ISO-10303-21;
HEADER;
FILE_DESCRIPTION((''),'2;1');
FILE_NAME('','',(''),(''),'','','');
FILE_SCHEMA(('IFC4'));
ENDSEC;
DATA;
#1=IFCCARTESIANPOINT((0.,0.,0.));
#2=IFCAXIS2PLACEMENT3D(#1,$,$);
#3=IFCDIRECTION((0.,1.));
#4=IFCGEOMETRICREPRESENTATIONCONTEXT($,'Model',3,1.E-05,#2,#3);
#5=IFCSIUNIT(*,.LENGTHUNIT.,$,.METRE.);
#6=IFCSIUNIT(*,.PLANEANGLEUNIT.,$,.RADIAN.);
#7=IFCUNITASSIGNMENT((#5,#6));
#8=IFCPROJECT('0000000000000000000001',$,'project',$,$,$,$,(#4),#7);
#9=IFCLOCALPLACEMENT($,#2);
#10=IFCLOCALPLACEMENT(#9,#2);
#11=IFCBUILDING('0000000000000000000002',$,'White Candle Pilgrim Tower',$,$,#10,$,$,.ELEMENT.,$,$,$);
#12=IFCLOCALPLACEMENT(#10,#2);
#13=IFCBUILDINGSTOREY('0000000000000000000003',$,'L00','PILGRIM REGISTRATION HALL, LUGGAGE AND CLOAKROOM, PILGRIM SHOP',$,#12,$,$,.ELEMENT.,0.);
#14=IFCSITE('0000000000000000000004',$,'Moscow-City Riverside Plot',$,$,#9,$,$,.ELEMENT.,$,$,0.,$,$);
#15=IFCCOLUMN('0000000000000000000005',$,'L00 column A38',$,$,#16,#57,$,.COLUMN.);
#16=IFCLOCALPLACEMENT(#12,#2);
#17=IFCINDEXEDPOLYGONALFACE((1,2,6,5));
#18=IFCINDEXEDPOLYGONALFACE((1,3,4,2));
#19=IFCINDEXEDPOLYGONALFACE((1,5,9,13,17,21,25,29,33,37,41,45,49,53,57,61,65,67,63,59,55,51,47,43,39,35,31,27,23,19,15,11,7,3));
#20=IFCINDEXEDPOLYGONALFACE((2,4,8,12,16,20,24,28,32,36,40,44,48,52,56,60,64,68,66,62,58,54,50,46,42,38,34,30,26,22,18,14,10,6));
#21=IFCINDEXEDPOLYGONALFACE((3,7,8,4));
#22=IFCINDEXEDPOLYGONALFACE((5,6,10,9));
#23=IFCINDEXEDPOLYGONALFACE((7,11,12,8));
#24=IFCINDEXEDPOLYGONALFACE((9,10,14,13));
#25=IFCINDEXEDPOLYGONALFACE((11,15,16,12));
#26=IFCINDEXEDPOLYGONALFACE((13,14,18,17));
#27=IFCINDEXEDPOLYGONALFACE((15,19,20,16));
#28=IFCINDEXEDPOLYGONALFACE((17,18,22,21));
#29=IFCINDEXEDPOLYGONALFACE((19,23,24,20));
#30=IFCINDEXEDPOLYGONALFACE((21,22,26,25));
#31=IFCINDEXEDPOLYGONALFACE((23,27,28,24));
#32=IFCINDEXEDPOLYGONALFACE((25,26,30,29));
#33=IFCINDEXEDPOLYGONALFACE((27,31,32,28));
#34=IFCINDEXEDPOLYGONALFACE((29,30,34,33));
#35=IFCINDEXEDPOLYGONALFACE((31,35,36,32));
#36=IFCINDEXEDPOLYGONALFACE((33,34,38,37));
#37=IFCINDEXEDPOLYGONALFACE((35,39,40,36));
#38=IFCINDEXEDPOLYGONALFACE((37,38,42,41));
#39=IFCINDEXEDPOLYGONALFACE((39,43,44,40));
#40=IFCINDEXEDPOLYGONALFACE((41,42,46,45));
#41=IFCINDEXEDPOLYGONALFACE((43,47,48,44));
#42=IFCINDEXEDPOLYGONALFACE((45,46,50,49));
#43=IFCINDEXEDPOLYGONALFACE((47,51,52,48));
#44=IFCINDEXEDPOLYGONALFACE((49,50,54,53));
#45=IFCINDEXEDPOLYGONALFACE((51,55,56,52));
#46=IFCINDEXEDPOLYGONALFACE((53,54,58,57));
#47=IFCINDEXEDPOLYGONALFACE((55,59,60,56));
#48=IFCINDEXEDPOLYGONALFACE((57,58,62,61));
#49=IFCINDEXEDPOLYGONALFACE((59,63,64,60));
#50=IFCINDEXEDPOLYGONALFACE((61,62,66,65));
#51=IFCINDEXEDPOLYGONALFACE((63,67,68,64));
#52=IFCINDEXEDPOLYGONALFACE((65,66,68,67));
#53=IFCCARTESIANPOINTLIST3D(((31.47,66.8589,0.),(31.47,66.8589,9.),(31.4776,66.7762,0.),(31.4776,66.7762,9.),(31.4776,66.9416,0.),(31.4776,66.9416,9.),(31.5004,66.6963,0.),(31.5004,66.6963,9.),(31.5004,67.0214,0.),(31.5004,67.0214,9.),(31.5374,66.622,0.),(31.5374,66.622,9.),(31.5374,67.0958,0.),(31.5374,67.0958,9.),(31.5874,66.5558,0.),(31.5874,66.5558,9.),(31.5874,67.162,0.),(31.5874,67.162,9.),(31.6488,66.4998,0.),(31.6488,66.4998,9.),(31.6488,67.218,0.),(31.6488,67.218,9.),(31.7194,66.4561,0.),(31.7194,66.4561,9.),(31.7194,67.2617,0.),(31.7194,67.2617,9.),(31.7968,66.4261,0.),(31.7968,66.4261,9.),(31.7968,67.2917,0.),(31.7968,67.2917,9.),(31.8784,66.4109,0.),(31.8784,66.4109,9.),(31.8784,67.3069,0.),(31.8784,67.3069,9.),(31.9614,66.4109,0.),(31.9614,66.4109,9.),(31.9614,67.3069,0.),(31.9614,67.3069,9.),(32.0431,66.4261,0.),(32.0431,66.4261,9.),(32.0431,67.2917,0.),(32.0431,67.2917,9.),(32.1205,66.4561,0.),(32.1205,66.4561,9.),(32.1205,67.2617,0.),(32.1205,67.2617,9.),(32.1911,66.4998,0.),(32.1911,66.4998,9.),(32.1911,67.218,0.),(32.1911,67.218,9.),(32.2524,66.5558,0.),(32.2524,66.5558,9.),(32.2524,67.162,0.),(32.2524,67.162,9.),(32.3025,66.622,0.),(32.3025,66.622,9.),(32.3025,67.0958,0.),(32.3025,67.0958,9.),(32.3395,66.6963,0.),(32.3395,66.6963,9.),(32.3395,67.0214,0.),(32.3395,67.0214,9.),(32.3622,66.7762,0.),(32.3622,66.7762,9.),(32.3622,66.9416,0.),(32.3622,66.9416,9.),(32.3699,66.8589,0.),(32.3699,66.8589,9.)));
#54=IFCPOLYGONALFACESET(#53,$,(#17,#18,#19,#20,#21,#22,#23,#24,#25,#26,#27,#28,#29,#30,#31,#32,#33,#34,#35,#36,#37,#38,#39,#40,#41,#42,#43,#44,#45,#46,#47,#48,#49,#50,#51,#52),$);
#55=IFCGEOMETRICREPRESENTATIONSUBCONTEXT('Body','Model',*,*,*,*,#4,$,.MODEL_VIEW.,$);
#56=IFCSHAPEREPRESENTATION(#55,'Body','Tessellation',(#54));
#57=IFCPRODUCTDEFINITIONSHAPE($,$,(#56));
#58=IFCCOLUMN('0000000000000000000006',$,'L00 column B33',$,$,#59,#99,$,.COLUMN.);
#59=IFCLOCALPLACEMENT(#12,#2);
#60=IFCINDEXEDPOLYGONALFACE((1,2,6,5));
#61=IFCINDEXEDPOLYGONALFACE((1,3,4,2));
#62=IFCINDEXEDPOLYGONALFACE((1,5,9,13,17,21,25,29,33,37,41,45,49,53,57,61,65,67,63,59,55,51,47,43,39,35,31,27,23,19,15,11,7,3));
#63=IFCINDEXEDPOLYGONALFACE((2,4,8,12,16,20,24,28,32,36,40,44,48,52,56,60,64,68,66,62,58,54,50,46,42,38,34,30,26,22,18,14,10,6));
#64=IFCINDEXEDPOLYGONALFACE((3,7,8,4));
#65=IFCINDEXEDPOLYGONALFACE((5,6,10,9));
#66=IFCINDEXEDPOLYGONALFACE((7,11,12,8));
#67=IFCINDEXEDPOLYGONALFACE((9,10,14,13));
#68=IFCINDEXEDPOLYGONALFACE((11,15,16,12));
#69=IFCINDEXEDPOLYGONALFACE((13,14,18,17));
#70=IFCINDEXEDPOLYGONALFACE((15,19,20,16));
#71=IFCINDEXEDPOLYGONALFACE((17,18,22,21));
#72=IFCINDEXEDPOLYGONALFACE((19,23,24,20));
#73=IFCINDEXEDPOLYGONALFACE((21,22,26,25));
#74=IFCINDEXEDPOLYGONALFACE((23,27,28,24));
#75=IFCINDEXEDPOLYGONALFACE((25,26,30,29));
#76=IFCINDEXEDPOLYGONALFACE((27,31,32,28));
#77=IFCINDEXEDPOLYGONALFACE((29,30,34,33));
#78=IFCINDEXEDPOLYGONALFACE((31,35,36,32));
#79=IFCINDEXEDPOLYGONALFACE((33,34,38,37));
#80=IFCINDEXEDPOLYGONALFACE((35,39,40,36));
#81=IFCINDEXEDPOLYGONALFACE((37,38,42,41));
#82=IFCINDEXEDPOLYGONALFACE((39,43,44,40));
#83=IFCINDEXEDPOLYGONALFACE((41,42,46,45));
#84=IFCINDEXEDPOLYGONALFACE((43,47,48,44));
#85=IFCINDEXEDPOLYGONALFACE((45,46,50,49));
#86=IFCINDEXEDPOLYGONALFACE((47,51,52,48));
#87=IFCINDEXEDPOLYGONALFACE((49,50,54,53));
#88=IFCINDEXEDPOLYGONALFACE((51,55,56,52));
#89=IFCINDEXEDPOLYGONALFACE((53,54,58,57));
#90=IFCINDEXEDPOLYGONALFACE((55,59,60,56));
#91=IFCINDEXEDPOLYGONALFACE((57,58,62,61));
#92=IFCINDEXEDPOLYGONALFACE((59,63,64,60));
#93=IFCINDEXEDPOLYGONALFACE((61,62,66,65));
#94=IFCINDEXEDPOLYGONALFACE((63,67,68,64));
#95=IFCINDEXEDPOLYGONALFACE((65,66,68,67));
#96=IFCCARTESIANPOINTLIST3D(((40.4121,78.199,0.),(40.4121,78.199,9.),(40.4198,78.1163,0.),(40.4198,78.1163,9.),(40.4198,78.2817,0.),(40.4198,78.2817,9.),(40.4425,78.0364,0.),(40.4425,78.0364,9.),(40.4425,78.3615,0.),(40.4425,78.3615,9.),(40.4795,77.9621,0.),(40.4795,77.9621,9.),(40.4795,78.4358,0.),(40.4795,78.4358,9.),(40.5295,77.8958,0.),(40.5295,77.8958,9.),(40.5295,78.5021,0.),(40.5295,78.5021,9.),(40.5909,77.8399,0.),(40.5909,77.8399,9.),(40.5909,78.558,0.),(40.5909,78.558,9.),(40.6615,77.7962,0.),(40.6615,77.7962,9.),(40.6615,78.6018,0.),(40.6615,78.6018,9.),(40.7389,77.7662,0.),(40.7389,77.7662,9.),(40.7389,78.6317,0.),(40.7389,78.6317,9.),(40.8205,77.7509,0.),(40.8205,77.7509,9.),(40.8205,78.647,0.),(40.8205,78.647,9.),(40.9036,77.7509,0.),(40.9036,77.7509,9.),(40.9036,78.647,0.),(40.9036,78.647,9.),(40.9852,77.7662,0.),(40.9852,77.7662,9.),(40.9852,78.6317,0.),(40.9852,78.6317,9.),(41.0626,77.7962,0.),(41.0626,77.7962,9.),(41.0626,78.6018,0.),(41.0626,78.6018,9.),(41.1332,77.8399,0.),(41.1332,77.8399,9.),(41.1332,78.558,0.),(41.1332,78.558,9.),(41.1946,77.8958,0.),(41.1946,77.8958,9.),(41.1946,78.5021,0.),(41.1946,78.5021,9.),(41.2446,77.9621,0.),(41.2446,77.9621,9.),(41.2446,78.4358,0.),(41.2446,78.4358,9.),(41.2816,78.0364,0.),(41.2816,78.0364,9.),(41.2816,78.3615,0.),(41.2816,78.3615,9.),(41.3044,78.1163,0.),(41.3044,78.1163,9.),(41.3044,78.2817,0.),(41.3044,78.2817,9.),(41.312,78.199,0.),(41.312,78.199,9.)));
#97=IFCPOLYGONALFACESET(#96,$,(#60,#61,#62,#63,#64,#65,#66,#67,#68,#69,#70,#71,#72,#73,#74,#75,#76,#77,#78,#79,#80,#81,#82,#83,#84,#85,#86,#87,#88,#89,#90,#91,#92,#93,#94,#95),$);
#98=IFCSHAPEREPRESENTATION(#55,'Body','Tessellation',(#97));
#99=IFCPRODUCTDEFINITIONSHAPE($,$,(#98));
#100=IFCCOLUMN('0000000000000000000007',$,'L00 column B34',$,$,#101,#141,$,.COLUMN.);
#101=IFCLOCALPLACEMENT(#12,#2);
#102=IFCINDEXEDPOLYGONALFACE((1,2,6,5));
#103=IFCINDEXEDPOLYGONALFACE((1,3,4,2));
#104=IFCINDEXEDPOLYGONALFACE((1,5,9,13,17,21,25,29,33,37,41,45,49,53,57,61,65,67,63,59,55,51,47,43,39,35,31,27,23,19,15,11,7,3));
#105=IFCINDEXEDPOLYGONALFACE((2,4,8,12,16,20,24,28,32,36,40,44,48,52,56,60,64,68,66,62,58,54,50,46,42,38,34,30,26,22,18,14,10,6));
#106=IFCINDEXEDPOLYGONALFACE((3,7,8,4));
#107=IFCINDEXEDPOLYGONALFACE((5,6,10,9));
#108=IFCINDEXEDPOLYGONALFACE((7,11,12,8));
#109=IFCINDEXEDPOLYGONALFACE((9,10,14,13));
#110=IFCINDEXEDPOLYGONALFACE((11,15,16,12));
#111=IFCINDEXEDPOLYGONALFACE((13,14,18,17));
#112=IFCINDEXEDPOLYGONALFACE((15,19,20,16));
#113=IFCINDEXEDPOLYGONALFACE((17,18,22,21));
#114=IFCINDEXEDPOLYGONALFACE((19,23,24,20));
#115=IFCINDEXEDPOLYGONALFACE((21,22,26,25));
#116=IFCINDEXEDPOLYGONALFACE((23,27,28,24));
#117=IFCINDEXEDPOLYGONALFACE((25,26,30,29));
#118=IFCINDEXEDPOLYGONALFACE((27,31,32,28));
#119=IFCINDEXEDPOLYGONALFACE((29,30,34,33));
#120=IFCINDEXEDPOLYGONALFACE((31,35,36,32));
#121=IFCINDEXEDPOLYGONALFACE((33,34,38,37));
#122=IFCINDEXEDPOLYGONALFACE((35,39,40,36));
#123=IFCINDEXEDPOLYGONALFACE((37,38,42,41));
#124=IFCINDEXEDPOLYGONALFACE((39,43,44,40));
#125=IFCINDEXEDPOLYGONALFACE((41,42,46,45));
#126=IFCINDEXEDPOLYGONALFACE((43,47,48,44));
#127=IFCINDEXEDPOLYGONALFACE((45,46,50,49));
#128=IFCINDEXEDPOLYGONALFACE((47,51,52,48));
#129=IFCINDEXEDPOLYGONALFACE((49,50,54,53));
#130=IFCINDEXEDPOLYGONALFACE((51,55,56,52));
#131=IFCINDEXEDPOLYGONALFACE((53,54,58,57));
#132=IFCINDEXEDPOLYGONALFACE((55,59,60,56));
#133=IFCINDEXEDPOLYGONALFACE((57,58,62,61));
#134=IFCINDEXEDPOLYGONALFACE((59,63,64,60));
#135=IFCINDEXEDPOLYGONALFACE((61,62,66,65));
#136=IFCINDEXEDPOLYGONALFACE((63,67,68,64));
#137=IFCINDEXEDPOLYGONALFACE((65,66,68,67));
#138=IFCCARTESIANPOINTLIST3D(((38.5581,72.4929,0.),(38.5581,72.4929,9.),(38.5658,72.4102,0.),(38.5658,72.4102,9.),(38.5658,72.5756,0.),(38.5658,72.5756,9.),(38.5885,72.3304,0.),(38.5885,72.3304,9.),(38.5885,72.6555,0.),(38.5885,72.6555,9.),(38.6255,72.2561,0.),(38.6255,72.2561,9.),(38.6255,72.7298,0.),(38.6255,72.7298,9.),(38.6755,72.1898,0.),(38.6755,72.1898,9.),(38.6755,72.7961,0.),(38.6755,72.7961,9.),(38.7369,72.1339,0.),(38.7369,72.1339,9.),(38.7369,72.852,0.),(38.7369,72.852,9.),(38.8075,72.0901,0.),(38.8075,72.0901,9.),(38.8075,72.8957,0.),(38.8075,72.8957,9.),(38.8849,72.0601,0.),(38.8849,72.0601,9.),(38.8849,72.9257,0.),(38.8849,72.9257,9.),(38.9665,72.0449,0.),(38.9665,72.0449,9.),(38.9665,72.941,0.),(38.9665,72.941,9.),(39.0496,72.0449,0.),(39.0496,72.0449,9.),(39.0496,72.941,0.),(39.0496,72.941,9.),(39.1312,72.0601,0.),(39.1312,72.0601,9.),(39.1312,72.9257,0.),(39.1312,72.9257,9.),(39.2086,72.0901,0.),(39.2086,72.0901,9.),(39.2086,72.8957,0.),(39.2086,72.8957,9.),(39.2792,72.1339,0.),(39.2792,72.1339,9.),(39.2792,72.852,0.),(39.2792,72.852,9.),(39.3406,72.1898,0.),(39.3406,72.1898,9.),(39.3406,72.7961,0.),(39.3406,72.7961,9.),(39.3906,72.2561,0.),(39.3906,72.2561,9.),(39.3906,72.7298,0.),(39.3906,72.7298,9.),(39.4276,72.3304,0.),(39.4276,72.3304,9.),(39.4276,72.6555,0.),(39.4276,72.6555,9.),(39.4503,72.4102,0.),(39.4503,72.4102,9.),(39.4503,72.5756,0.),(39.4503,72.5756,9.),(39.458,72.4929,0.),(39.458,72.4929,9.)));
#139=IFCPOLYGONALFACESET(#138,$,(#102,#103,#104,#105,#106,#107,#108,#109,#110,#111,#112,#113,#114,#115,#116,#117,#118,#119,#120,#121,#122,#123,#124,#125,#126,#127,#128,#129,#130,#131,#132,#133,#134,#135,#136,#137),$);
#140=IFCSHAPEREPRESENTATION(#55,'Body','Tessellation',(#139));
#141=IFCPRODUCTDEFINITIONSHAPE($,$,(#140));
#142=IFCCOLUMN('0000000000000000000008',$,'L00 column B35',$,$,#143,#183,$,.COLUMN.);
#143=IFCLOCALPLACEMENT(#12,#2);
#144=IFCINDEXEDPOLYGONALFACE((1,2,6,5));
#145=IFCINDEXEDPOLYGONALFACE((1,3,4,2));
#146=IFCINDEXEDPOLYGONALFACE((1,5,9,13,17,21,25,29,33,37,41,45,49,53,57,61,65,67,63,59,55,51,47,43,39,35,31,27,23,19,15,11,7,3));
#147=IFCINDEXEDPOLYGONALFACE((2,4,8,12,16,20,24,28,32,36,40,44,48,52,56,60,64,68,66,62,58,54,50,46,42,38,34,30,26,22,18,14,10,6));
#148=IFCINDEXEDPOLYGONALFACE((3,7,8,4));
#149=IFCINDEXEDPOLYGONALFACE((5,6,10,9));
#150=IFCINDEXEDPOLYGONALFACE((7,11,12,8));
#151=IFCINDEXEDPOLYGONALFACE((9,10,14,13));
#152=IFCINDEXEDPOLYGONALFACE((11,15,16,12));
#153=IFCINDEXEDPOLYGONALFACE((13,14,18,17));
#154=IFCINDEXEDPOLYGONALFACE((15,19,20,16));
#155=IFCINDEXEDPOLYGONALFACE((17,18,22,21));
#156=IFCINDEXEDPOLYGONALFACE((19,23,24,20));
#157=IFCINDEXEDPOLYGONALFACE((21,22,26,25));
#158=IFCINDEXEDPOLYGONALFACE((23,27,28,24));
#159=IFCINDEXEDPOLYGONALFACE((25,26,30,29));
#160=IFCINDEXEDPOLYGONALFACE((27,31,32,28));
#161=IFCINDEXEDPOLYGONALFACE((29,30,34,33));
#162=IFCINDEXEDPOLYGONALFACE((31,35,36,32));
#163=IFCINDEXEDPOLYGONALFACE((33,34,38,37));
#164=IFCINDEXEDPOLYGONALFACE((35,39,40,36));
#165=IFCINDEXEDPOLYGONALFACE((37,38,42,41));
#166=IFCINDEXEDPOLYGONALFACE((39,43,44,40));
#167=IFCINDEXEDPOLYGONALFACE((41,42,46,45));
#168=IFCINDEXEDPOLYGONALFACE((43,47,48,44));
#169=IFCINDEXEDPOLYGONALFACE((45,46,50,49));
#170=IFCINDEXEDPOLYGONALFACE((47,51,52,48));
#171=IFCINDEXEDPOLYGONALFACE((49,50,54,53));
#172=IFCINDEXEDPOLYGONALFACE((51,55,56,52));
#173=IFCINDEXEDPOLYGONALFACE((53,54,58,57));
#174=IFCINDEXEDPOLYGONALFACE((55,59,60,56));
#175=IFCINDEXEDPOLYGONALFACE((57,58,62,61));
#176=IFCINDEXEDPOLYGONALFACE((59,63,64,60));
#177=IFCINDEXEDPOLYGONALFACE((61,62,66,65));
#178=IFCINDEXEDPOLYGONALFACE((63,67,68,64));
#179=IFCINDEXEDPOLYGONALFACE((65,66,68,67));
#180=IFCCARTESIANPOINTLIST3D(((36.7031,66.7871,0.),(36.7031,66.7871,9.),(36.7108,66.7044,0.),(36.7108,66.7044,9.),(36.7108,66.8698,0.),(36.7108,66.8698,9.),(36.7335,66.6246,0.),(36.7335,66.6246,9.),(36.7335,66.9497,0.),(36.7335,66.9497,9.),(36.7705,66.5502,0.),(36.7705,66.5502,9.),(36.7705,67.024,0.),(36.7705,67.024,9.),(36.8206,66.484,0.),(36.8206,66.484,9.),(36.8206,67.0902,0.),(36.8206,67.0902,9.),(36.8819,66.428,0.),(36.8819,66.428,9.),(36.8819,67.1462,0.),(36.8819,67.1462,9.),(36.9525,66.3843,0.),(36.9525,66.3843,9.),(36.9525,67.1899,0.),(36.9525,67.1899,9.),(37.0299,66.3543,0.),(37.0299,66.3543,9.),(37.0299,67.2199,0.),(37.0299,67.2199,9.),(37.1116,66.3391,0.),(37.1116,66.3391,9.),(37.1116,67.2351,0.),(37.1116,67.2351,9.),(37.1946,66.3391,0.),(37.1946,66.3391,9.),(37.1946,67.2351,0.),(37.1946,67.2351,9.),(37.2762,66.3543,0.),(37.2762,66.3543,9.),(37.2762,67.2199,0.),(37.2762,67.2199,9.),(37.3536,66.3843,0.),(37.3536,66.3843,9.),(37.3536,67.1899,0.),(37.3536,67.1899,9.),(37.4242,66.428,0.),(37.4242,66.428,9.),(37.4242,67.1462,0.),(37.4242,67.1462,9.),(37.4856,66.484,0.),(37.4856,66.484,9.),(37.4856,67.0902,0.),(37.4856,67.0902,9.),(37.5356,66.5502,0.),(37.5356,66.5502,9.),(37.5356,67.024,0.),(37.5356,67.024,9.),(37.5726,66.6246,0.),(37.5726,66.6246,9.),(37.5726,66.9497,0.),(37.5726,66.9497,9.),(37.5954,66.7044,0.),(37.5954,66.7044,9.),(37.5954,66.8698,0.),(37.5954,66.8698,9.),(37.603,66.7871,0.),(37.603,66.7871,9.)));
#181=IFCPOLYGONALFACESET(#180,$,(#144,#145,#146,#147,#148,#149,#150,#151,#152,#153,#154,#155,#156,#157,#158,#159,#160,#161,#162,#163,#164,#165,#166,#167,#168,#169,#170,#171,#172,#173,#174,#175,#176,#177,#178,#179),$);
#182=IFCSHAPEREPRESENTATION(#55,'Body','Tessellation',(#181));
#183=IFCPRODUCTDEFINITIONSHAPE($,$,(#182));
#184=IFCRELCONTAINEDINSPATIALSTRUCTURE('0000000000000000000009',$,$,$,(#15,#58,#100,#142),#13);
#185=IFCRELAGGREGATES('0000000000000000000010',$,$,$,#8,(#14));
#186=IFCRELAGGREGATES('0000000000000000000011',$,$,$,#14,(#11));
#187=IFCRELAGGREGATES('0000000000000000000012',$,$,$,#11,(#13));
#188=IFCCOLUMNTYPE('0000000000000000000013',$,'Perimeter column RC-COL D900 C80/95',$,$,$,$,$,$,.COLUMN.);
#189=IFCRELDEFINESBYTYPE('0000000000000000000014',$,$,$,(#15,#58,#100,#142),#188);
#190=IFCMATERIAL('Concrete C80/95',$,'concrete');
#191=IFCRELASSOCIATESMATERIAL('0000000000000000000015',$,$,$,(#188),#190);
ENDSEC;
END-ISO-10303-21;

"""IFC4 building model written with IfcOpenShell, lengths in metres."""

from ifc_helpers import new_model, si_unit, direction, frame, origin, origin_2d, place, context, subcontext, project, spatial, circle, extrude, material, material_profile, profile_set, type_object, element, save


model = new_model("IFC4")

# Units and contexts
model_context = context("Model", 3, precision=1e-05, world=origin(), true_north=direction((0.0, 1.0)))
body_context = subcontext(model_context, "Body", "Model", "MODEL_VIEW")
ifc_project = project(units=[si_unit("LENGTHUNIT", "METRE"), si_unit("PLANEANGLEUNIT", "RADIAN")], contexts=[model_context])

# Site, building, storey
site_placement = place(None, origin())
site = spatial("IfcSite", under=ifc_project, at=site_placement, Name="Moscow-City Riverside Plot", CompositionType="ELEMENT", RefElevation=0.0)
building_placement = place(site_placement, origin())
building = spatial("IfcBuilding", under=site, at=building_placement, Name="White Candle Pilgrim Tower", CompositionType="ELEMENT")
storey_placement = place(building_placement, origin())
storey = spatial("IfcBuildingStorey", under=building, at=storey_placement, Name="L00", Description="PILGRIM REGISTRATION HALL, LUGGAGE AND CLOAKROOM, PILGRIM SHOP", CompositionType="ELEMENT", Elevation=0.0)

# Columns
ifc_material_1 = material(Name="Concrete C80/95", Category="concrete")
ifc_material_profile_1 = material_profile(ifc_material_1, circle(Radius=0.45, at=origin_2d()), Name="RC-COL D900")
ifc_profile_set_1 = profile_set([ifc_material_profile_1], Name="Concrete C80/95")
column_type = type_object("IfcColumnType", Name="Perimeter column RC-COL D900 C80/95", PredefinedType="COLUMN", material=ifc_profile_set_1)
for number, where, z_axis, x_axis, name in (
    (1, (31.9199, 66.8589, 0.0), (0.0, 0.0, 1.0), (1.0, 0.0, 0.0), "L00 column A38"),
    (2, (40.8621, 78.199, 0.0), (0.0, 0.0, 1.0), (1.0, 0.0, 0.0), "L00 column B33"),
    (3, (39.0081, 72.4929, 0.0), (0.0, 0.0, 1.0), (1.0, 0.0, 0.0), "L00 column B34"),
    (4, (37.1531, 66.7871, 0.0), (0.0, 0.0, 1.0), (1.0, 0.0, 0.0), "L00 column B35"),
):
    element("IfcColumn", number, at=place(storey_placement, frame(where, z_axis=z_axis, x_axis=x_axis)), inside=storey, type_object=column_type, Name=name, PredefinedType="COLUMN", context=body_context, shape_type="SweptSolid", body=[
        extrude(circle(Radius=0.45, at=origin_2d()), origin(), (0.0, 0.0, 1.0), 9.0),
    ])

save(model, "model.ifc")
